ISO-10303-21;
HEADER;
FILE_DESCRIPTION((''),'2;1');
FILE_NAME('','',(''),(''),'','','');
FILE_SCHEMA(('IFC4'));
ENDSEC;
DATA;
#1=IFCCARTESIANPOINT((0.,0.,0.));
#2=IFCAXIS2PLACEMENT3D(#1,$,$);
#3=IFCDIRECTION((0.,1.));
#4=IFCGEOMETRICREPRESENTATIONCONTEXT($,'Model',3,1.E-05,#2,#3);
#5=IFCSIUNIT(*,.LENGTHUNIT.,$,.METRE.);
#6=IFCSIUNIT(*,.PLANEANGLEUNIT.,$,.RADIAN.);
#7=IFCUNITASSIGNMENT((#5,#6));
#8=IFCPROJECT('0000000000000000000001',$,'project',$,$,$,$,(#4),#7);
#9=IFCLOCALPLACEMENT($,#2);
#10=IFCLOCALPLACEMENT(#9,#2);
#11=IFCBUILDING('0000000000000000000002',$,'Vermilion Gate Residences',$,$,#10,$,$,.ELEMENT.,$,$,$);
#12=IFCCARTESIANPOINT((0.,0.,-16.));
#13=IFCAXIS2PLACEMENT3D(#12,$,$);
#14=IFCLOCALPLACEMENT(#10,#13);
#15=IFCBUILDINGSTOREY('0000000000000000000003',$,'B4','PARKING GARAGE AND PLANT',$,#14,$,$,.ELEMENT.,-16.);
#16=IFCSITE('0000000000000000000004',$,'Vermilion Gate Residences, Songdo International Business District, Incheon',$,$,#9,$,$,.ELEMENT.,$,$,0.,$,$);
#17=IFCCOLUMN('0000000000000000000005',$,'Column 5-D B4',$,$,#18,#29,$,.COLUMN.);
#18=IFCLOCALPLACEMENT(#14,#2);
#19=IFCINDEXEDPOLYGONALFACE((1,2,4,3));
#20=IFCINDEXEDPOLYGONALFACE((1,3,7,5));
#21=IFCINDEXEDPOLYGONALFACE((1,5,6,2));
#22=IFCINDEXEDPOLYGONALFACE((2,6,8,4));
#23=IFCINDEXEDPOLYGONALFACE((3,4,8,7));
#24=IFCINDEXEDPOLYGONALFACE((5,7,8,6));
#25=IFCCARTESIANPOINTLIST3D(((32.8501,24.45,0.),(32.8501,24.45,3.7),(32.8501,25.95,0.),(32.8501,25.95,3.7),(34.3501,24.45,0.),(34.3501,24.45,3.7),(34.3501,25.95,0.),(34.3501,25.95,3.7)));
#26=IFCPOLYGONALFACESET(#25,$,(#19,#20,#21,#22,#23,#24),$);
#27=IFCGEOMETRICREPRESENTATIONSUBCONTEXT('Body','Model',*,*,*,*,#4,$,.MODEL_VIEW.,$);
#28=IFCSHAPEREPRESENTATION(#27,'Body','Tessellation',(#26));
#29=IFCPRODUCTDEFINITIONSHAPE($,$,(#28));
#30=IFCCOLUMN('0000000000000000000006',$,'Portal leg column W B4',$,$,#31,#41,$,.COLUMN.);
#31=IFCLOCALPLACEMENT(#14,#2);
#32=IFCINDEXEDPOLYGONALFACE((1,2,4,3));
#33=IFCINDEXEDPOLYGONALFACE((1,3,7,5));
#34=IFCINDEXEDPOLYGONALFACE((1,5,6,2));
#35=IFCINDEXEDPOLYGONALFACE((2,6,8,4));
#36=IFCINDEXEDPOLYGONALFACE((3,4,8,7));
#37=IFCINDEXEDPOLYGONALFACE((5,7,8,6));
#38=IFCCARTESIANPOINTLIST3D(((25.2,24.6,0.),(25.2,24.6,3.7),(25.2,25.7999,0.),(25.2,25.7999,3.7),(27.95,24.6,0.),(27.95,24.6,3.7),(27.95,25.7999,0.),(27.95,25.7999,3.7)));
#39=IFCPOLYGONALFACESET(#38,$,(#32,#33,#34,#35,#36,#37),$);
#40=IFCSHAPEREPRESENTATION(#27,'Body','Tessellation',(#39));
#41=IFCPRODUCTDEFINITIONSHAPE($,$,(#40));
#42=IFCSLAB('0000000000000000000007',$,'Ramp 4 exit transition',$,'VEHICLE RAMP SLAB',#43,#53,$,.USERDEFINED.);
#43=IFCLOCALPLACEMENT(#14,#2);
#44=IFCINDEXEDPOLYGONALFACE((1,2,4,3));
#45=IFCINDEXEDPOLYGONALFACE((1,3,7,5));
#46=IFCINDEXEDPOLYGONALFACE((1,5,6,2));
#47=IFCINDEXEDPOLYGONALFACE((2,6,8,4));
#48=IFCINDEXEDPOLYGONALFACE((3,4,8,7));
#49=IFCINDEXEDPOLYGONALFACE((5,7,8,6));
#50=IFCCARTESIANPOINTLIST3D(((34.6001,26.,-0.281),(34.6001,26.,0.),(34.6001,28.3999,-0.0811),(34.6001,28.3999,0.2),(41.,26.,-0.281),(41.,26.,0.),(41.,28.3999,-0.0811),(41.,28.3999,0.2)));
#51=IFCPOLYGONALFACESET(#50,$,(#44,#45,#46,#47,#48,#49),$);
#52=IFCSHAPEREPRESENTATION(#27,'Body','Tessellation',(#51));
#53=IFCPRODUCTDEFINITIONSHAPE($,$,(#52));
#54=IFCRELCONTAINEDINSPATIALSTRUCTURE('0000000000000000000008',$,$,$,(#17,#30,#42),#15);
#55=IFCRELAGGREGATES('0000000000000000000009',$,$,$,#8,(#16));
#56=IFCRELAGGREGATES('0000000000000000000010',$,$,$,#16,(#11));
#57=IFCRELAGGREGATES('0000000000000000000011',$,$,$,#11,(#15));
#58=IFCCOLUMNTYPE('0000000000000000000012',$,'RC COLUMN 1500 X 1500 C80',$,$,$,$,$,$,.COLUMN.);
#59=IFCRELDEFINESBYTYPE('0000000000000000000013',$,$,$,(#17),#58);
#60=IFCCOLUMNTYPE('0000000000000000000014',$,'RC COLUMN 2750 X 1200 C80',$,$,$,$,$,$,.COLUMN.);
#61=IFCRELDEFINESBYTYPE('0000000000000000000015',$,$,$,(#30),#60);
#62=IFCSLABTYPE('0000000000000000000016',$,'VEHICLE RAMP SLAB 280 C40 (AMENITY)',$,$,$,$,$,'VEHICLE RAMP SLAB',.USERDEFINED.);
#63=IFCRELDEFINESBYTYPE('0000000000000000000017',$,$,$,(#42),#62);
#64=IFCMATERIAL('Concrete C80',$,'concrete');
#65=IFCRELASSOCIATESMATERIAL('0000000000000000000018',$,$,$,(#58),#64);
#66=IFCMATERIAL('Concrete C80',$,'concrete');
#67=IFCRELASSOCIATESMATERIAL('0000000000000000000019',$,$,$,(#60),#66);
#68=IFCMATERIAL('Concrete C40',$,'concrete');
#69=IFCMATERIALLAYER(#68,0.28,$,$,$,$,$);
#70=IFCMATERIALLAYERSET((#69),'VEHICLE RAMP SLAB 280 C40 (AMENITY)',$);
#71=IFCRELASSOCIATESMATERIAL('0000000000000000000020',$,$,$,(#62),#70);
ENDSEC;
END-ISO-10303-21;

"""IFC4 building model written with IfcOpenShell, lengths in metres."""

from ifc_helpers import new_model, si_unit, direction, frame, origin, origin_2d, place, context, subcontext, project, spatial, polyline, rectangle, outline, extrude, material, layer, layer_set, material_profile, profile_set, type_object, element, save


model = new_model("IFC4")

# Units and contexts
model_context = context("Model", 3, precision=1e-05, world=origin(), true_north=direction((0.0, 1.0)))
body_context = subcontext(model_context, "Body", "Model", "MODEL_VIEW")
ifc_project = project(units=[si_unit("LENGTHUNIT", "METRE"), si_unit("PLANEANGLEUNIT", "RADIAN")], contexts=[model_context])

# Site, building, storey
site_placement = place(None, origin())
site = spatial("IfcSite", under=ifc_project, at=site_placement, Name="Vermilion Gate Residences, Songdo International Business District, Incheon", CompositionType="ELEMENT", RefElevation=0.0)
building_placement = place(site_placement, origin())
building = spatial("IfcBuilding", under=site, at=building_placement, Name="Vermilion Gate Residences", CompositionType="ELEMENT")
storey_placement = place(building_placement, frame((0.0, 0.0, -16.0)))
storey = spatial("IfcBuildingStorey", under=building, at=storey_placement, Name="B4", Description="PARKING GARAGE AND PLANT", CompositionType="ELEMENT", Elevation=-16.0)

# Columns
ifc_material_1 = material(Name="Concrete C80", Category="concrete")
ifc_material_profile_1 = material_profile(ifc_material_1, rectangle(XDim=1.5, YDim=1.5, at=origin_2d()), Name="RC-1500x1500")
ifc_profile_set_1 = profile_set([ifc_material_profile_1], Name="Concrete C80")
column_type_1 = type_object("IfcColumnType", Name="RC COLUMN 1500 X 1500 C80", PredefinedType="COLUMN", material=ifc_profile_set_1)
for number, where, z_axis, x_axis, name in (
    (1, (33.6001, 25.2, 0.0), (0.0, 0.0, 1.0), (1.0, 0.0, 0.0), "Column 5-D B4"),
):
    element("IfcColumn", number, at=place(storey_placement, frame(where, z_axis=z_axis, x_axis=x_axis)), inside=storey, type_object=column_type_1, Name=name, PredefinedType="COLUMN", context=body_context, shape_type="SweptSolid", body=[
        extrude(rectangle(XDim=1.5, YDim=1.5, at=origin_2d()), origin(), (0.0, 0.0, 1.0), 3.7),
    ])
ifc_material_2 = material(Name="Concrete C80", Category="concrete")
ifc_material_profile_2 = material_profile(ifc_material_2, rectangle(XDim=2.75, YDim=1.2, at=origin_2d()), Name="RC-2750x1200")
ifc_profile_set_2 = profile_set([ifc_material_profile_2], Name="Concrete C80")
column_type_2 = type_object("IfcColumnType", Name="RC COLUMN 2750 X 1200 C80", PredefinedType="COLUMN", material=ifc_profile_set_2)
column_placement = place(storey_placement, frame((26.575, 25.2, 0.0), z_axis=(0.0, 0.0, 1.0), x_axis=(1.0, 0.0, 0.0)))
element("IfcColumn", 2, at=column_placement, inside=storey, type_object=column_type_2, Name="Portal leg column W B4", PredefinedType="COLUMN", context=body_context, shape_type="SweptSolid", body=[
    extrude(rectangle(XDim=2.75, YDim=1.2, at=origin_2d()), origin(), (0.0, 0.0, 1.0), 3.7),
])

# Slab
ifc_material_3 = material(Name="Concrete C40", Category="concrete")
ifc_layer = layer(ifc_material_3, 0.28)
ifc_layer_set = layer_set([ifc_layer], Name="VEHICLE RAMP SLAB 280 C40 (AMENITY)")
slab_type = type_object("IfcSlabType", Name="VEHICLE RAMP SLAB 280 C40 (AMENITY)", ElementType="VEHICLE RAMP SLAB", PredefinedType="USERDEFINED", material=ifc_layer_set)
slab_placement = place(storey_placement, frame((37.8, 28.3999, 0.2), z_axis=(0.0, 0.0, 1.0), x_axis=(0.0, -1.0, 0.0)))
element("IfcSlab", 3, at=slab_placement, inside=storey, type_object=slab_type, Name="Ramp 4 exit transition", ObjectType="VEHICLE RAMP SLAB", PredefinedType="USERDEFINED", context=body_context, shape_type="SweptSolid", body=[
    extrude(outline(polyline([(0.0, 0.0), (2.3999, -0.2), (2.3999, -0.481), (0.0, -0.281), (0.0, 0.0)])), frame((0.0, 3.2, 0.0), z_axis=(0.0, -1.0, 0.0), x_axis=(1.0, 0.0, 0.0)), (0.0, 0.0, 1.0), 6.3999),
])

save(model, "model.ifc")
